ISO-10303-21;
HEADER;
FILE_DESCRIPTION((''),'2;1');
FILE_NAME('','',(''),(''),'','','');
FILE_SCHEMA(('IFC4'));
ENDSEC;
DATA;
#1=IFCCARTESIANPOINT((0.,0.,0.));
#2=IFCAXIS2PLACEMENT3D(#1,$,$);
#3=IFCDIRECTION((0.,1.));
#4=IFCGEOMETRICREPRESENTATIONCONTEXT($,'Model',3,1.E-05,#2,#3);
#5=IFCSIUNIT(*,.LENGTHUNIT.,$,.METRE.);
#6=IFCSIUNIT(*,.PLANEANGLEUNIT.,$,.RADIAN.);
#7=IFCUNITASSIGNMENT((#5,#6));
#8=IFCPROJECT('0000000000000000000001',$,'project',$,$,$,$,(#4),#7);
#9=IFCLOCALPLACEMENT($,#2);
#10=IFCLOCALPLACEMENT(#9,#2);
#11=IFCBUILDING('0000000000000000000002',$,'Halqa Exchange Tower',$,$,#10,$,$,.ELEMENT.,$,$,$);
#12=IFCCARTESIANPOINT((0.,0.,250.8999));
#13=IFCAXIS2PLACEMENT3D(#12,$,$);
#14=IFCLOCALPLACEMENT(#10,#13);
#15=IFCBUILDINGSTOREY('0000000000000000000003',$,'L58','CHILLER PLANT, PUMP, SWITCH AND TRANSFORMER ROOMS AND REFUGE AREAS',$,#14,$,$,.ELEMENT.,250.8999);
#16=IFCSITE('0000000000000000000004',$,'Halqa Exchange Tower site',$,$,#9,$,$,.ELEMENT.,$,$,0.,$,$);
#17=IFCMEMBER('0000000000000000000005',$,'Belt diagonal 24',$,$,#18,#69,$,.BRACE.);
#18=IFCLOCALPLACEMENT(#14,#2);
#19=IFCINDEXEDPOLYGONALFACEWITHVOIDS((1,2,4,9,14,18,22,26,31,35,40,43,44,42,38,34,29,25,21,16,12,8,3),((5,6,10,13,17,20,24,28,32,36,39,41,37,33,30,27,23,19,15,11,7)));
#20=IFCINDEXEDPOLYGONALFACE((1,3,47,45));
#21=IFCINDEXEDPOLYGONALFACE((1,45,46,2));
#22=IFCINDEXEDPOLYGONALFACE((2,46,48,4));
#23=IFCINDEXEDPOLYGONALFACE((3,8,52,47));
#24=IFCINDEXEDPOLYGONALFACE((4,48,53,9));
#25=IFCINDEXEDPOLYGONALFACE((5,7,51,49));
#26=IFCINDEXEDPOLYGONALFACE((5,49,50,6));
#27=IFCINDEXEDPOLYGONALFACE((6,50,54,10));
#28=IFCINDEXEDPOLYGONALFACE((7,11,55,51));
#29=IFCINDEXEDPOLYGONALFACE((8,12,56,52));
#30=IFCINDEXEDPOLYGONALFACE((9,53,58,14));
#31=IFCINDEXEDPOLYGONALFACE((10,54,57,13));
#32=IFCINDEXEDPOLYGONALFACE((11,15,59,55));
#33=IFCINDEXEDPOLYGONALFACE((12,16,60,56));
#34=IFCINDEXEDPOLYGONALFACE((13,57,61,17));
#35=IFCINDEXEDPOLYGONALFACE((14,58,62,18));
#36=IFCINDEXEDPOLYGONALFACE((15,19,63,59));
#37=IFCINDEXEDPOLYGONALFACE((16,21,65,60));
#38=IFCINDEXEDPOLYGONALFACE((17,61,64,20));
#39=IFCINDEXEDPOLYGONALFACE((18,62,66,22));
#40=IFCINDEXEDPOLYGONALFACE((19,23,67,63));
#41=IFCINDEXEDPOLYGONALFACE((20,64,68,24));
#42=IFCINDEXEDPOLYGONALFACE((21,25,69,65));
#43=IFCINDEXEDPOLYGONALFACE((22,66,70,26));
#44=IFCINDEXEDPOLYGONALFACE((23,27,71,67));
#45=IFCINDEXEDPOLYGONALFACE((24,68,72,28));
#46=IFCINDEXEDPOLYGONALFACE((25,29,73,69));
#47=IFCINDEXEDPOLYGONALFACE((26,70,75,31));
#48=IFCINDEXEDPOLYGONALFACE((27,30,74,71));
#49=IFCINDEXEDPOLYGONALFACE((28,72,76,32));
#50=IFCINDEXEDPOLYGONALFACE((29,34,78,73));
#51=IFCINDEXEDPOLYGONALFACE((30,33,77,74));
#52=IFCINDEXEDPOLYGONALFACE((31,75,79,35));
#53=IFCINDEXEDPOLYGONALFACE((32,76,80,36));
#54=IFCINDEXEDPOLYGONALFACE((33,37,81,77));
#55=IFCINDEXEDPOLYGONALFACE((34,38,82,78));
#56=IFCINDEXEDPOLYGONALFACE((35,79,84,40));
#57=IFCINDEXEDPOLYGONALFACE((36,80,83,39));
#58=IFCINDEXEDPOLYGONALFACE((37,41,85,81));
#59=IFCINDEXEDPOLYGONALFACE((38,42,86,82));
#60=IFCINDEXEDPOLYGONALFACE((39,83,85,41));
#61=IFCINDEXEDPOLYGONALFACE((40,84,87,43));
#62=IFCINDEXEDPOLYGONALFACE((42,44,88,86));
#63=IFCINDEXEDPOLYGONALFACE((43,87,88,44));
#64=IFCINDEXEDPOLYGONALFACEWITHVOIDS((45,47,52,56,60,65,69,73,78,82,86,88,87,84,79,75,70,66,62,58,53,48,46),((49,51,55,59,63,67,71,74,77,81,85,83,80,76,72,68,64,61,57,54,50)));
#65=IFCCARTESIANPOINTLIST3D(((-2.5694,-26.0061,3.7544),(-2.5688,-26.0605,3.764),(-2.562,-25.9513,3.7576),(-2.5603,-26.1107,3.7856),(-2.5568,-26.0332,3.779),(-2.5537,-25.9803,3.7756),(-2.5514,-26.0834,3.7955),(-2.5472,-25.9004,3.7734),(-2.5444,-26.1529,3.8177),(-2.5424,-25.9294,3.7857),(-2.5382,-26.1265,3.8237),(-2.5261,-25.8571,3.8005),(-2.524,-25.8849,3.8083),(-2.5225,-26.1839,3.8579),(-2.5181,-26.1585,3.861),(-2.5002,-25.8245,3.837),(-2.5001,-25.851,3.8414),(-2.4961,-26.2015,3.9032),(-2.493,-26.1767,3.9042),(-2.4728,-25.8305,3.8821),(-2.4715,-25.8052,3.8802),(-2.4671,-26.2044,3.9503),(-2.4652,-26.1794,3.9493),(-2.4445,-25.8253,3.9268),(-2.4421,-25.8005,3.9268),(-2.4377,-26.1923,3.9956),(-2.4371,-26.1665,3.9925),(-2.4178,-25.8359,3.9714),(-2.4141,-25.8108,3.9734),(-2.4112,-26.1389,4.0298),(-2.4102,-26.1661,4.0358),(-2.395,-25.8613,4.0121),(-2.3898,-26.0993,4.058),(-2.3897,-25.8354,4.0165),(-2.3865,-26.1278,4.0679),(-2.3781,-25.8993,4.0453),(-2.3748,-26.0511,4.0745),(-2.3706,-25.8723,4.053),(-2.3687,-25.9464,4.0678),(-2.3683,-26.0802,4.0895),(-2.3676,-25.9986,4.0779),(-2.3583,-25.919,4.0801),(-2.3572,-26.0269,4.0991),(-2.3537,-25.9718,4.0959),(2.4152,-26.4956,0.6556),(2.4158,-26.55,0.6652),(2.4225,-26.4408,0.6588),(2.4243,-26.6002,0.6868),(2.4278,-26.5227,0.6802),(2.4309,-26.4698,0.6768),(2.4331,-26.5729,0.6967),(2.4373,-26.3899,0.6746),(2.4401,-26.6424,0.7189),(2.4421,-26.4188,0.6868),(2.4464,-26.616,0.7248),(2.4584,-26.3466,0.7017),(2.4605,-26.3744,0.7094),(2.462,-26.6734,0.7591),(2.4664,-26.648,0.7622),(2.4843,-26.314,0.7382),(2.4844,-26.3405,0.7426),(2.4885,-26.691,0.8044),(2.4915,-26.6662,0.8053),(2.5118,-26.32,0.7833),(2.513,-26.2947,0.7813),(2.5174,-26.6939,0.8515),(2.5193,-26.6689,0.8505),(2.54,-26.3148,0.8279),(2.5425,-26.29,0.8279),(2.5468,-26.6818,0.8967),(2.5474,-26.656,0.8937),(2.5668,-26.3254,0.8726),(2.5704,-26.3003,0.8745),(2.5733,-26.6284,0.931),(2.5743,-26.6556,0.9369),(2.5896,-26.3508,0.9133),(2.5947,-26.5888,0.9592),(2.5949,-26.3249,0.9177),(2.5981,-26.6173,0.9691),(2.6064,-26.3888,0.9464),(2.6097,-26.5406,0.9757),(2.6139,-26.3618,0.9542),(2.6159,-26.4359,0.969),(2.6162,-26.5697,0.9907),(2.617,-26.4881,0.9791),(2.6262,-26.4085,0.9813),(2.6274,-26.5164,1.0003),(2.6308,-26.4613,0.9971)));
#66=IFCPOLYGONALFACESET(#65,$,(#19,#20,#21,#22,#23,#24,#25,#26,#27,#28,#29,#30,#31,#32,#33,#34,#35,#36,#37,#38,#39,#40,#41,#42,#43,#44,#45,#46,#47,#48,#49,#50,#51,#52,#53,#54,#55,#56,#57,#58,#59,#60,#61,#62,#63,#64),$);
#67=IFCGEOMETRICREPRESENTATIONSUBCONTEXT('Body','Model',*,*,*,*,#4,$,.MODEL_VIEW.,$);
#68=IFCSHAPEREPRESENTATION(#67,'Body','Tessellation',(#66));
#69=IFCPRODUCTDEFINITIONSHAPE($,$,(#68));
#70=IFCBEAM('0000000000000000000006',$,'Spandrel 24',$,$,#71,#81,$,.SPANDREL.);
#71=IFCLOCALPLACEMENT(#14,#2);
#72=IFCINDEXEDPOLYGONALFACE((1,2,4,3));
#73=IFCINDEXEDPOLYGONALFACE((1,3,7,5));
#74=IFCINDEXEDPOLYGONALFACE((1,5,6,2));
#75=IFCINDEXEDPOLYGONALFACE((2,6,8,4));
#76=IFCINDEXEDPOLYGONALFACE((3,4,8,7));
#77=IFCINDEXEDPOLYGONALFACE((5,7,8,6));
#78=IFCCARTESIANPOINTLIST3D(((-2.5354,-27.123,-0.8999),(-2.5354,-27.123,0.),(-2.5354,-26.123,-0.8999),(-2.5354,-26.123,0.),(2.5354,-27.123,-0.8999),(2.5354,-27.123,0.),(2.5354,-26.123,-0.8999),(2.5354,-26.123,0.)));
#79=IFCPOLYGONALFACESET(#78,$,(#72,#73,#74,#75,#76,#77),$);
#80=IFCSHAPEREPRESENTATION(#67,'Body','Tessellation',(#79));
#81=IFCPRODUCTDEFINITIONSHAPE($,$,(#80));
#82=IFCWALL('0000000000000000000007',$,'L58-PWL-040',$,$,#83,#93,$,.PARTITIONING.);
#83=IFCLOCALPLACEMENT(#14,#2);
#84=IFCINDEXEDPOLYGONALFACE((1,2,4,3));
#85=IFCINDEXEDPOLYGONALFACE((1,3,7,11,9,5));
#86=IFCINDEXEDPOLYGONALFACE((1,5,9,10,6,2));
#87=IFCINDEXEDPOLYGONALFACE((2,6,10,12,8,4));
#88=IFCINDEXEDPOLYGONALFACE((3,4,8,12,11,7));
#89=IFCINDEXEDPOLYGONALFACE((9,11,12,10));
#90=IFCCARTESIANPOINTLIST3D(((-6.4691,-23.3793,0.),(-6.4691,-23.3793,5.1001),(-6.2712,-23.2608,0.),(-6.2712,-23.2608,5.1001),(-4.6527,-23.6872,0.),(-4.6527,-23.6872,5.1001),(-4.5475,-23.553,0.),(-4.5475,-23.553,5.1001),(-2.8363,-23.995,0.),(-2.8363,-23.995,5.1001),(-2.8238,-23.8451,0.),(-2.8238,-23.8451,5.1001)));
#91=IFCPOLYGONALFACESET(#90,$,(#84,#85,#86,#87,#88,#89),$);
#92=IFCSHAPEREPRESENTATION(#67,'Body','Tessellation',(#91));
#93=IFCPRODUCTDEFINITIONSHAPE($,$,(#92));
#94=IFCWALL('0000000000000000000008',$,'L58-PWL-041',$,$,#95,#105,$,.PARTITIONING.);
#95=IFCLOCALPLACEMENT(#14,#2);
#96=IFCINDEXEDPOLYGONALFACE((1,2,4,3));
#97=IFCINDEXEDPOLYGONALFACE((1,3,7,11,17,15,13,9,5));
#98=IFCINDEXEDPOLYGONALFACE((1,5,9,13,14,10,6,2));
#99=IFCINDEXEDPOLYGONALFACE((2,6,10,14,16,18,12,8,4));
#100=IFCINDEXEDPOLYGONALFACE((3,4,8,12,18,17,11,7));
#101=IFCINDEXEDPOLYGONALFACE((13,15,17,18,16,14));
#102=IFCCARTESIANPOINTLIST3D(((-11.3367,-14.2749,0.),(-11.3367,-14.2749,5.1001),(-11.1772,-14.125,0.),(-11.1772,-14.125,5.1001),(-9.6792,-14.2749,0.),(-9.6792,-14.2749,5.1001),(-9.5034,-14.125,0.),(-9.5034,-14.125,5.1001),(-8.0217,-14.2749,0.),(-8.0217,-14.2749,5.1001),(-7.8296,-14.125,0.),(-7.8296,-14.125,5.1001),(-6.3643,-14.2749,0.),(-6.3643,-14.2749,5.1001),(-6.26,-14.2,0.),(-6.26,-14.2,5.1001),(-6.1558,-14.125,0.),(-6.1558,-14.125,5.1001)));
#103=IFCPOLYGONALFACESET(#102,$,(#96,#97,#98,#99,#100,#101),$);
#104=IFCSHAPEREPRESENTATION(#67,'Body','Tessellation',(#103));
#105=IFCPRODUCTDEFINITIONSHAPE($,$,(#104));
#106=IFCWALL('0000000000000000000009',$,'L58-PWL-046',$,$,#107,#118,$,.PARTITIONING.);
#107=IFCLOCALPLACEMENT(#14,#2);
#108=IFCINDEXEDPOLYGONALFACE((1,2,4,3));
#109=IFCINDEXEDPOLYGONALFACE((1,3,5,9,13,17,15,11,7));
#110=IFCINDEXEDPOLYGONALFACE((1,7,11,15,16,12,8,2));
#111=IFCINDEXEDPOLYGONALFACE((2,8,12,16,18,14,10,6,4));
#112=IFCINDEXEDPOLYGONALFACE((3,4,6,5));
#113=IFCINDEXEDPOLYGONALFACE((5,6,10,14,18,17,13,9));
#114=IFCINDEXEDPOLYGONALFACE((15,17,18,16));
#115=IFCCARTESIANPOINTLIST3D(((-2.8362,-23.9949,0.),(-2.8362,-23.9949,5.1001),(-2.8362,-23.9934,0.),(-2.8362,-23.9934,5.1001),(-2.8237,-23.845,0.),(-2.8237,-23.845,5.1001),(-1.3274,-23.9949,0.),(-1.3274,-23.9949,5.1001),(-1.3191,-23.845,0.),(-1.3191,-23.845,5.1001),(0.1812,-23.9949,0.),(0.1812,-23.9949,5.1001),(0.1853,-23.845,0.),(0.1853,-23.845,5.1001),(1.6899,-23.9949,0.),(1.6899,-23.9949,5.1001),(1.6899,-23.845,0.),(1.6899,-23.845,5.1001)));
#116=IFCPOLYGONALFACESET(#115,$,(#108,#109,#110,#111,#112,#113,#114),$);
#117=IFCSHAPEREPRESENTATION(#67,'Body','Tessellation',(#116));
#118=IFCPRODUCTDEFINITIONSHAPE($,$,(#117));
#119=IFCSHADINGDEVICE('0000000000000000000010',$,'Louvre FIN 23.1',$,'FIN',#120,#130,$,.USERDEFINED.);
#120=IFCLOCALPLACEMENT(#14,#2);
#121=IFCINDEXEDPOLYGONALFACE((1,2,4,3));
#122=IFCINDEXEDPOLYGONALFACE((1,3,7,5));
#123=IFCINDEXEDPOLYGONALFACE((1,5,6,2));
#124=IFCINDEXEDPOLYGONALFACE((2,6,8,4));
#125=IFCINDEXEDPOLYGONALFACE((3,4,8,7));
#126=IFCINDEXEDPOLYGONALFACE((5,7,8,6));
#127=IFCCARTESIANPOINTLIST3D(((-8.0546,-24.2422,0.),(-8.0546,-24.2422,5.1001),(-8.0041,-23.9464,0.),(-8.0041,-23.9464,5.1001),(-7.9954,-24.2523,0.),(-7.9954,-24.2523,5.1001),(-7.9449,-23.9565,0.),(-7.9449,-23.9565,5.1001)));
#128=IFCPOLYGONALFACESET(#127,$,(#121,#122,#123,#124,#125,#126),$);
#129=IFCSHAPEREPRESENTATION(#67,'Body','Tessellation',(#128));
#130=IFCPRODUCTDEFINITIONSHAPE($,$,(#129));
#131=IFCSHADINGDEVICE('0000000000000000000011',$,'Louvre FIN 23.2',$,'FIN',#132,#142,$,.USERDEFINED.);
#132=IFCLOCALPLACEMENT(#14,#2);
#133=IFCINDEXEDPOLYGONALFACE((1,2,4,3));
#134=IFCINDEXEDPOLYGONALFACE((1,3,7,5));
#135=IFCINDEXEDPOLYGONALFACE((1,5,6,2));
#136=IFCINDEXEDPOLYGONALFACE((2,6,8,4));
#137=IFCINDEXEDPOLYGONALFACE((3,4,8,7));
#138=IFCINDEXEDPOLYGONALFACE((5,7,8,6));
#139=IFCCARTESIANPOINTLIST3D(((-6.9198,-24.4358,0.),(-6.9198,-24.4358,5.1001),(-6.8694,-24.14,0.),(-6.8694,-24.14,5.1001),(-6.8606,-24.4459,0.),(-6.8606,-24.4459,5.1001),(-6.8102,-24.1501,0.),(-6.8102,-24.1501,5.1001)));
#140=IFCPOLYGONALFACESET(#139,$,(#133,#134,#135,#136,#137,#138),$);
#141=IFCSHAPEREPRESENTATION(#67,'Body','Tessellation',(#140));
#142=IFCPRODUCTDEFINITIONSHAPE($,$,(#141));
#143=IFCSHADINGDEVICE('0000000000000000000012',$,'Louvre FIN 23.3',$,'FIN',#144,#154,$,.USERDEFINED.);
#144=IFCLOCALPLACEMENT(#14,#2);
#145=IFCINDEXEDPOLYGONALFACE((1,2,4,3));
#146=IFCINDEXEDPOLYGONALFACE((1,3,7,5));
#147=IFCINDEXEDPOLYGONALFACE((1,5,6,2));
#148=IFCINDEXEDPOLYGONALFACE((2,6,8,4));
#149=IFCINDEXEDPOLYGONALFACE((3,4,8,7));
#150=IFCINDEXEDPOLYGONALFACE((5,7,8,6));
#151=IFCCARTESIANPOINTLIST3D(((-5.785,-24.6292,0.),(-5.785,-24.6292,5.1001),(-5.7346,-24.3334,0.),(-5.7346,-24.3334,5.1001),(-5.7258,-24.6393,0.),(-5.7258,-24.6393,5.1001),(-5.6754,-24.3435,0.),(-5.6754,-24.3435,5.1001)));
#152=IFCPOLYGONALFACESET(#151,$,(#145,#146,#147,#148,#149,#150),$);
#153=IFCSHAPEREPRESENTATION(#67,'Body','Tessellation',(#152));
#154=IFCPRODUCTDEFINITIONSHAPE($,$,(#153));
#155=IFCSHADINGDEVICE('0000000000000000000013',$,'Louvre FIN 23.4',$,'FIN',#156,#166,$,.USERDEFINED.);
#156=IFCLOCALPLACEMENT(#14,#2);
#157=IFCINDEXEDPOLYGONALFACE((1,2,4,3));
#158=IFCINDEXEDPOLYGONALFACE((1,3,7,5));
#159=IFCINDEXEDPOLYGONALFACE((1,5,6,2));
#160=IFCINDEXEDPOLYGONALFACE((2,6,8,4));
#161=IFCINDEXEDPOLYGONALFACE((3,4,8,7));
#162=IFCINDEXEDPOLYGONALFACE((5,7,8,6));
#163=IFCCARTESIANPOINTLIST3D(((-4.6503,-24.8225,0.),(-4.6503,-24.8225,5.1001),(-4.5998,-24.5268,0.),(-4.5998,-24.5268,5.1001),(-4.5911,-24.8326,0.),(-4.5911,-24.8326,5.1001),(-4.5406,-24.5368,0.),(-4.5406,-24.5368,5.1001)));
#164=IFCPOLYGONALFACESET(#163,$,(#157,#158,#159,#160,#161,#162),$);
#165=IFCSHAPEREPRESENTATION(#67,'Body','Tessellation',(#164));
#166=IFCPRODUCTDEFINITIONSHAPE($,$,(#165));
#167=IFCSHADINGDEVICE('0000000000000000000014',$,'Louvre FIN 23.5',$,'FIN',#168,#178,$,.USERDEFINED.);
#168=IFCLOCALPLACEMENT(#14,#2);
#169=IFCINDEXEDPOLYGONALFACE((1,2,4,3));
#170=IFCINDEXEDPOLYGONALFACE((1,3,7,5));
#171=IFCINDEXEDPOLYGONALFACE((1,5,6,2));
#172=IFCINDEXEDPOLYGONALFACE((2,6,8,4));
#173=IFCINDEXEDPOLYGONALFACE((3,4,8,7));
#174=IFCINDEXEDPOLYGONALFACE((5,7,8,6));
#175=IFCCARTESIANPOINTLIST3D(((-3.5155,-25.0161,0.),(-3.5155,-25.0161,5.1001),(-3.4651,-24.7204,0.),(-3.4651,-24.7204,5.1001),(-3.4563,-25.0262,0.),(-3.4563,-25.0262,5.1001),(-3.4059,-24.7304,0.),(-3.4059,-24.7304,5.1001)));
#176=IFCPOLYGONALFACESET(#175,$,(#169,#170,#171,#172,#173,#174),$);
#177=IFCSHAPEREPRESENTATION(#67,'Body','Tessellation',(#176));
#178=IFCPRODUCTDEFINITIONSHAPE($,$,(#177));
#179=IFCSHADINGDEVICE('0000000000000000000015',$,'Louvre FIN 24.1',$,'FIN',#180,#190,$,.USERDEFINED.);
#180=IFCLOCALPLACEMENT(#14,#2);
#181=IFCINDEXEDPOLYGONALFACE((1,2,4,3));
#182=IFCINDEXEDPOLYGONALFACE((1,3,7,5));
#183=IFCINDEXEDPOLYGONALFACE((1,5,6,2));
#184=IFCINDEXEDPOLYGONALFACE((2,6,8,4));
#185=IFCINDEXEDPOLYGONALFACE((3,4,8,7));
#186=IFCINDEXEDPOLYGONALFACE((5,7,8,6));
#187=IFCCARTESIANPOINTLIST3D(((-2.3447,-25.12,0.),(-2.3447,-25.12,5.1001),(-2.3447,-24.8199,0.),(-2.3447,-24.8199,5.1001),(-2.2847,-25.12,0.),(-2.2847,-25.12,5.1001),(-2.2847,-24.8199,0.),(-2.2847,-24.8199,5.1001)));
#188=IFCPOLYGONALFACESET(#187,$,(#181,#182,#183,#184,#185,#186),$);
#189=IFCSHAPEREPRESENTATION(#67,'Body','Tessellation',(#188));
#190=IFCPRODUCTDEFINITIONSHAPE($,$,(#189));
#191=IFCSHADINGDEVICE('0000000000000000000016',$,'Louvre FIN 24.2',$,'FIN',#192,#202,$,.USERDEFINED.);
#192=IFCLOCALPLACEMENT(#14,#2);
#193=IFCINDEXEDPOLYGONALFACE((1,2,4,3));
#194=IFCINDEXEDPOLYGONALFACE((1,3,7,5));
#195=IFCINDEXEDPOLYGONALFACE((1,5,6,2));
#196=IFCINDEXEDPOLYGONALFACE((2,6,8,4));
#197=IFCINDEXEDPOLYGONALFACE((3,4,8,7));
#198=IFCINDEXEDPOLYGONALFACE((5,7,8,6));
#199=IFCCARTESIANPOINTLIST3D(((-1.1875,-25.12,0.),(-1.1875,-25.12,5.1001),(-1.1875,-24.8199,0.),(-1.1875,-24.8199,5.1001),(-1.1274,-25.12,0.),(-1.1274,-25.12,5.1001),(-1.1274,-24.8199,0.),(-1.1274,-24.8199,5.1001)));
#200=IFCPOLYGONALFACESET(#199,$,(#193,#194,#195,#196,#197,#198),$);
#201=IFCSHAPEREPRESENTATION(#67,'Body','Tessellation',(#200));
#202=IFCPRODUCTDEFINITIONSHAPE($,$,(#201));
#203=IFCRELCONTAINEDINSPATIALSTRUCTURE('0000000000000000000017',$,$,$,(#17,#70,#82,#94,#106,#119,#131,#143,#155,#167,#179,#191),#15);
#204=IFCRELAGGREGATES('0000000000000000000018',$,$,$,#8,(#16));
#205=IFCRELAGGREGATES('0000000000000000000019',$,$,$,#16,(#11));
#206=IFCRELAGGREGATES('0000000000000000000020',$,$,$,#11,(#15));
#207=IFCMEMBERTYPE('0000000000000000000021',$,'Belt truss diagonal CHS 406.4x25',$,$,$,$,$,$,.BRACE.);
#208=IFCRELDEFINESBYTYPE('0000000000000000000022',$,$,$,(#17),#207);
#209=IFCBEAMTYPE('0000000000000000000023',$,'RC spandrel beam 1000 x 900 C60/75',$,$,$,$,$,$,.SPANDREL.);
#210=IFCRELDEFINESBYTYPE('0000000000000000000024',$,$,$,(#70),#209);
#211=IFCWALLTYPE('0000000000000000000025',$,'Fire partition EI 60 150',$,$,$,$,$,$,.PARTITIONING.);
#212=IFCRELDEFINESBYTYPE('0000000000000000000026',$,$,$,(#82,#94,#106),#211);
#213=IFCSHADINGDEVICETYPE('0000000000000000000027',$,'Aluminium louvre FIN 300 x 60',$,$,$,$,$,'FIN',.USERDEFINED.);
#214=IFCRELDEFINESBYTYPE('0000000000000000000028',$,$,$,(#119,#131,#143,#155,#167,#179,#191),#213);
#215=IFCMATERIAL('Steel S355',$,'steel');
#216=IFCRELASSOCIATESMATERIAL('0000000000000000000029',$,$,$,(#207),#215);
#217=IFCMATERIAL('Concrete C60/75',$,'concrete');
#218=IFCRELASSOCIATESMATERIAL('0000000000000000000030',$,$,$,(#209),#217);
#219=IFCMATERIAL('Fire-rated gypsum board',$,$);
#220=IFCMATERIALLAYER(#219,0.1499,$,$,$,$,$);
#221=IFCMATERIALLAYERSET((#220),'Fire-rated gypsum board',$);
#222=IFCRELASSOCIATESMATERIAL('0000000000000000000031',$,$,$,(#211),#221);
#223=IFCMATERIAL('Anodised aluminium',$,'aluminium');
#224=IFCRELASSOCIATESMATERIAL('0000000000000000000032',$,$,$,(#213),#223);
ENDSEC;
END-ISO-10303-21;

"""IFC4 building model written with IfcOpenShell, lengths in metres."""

from ifc_helpers import new_model, si_unit, direction, frame, origin, origin_2d, place, context, subcontext, project, spatial, polyline, rectangle, hollow_circle, outline, extrude, material, layer, layer_set, material_profile, profile_set, type_object, element, save


model = new_model("IFC4")

# Units and contexts
model_context = context("Model", 3, precision=1e-05, world=origin(), true_north=direction((0.0, 1.0)))
body_context = subcontext(model_context, "Body", "Model", "MODEL_VIEW")
ifc_project = project(units=[si_unit("LENGTHUNIT", "METRE"), si_unit("PLANEANGLEUNIT", "RADIAN")], contexts=[model_context])

# Site, building, storey
site_placement = place(None, origin())
site = spatial("IfcSite", under=ifc_project, at=site_placement, Name="Halqa Exchange Tower site", CompositionType="ELEMENT", RefElevation=0.0)
building_placement = place(site_placement, origin())
building = spatial("IfcBuilding", under=site, at=building_placement, Name="Halqa Exchange Tower", CompositionType="ELEMENT")
storey_placement = place(building_placement, frame((0.0, 0.0, 250.8999)))
storey = spatial("IfcBuildingStorey", under=building, at=storey_placement, Name="L58", Description="CHILLER PLANT, PUMP, SWITCH AND TRANSFORMER ROOMS AND REFUGE AREAS", CompositionType="ELEMENT", Elevation=250.8999)

# Shared definitions
ifc_material_1 = material(Name="Concrete C60/75", Category="concrete")

# Member
ifc_material_2 = material(Name="Steel S355", Category="steel")
ifc_material_profile_1 = material_profile(ifc_material_2, hollow_circle(Radius=0.2031, WallThickness=0.0249, at=origin_2d()), Name="CHS 406.4x25")
ifc_profile_set_1 = profile_set([ifc_material_profile_1], Name="Steel S355")
member_type_1 = type_object("IfcMemberType", Name="Belt truss diagonal CHS 406.4x25", PredefinedType="BRACE", material=ifc_profile_set_1)
member_1_placement = place(storey_placement, frame((-2.4619, -26.0027, 3.9268), z_axis=(0.846322, -0.083111, -0.526148), x_axis=(0.097732, 0.995213, 0.0)))
element("IfcMember", 1, at=member_1_placement, inside=storey, type_object=member_type_1, Name="Belt diagonal 24", PredefinedType="BRACE", context=body_context, shape_type="SweptSolid", body=[
    extrude(hollow_circle(Radius=0.2031, WallThickness=0.0249, at=origin_2d()), origin(), (0.0, 0.0, 1.0), 5.8896),
])

# Beam
ifc_material_profile_2 = material_profile(ifc_material_1, rectangle(XDim=1.0, YDim=0.8999, at=origin_2d()), Name="1000 x 900")
ifc_profile_set_2 = profile_set([ifc_material_profile_2], Name="Concrete C60/75")
beam_type = type_object("IfcBeamType", Name="RC spandrel beam 1000 x 900 C60/75", PredefinedType="SPANDREL", material=ifc_profile_set_2)
beam_placement = place(storey_placement, frame((-2.5354, -26.623, -0.45), z_axis=(1.0, 0.0, 0.0), x_axis=(0.0, 1.0, 0.0)))
element("IfcBeam", 2, at=beam_placement, inside=storey, type_object=beam_type, Name="Spandrel 24", PredefinedType="SPANDREL", context=body_context, shape_type="SweptSolid", body=[
    extrude(rectangle(XDim=1.0, YDim=0.8999, at=origin_2d()), origin(), (0.0, 0.0, 1.0), 5.0708),
])

# Walls
ifc_material_3 = material(Name="Fire-rated gypsum board")
ifc_layer_1 = layer(ifc_material_3, 0.1499)
ifc_layer_set_1 = layer_set([ifc_layer_1], Name="Fire-rated gypsum board")
wall_type = type_object("IfcWallType", Name="Fire partition EI 60 150", PredefinedType="PARTITIONING", material=ifc_layer_set_1)
wall_1_placement = place(storey_placement, frame((-6.4565, -23.3054, 0.0), z_axis=(0.0, 0.0, 1.0), x_axis=(0.985939, -0.167106, 0.0)))
element("IfcWall", 3, at=wall_1_placement, inside=storey, type_object=wall_type, Name="L58-PWL-040", PredefinedType="PARTITIONING", context=body_context, shape_type="SweptSolid", body=[
    extrude(outline(polyline([(0.0, -0.075), (1.8423, -0.075), (3.6846, -0.075), (3.6719, 0.075), (1.9236, 0.075), (0.1753, 0.075), (0.0, -0.075), (0.0, -0.075)])), origin(), (0.0, 0.0, 1.0), 5.1001),
])
wall_2_placement = place(storey_placement, frame((-6.1558, -14.2, 0.0), z_axis=(0.0, 0.0, 1.0), x_axis=(-1.0, 0.0, 0.0)))
element("IfcWall", 4, at=wall_2_placement, inside=storey, type_object=wall_type, Name="L58-PWL-041", PredefinedType="PARTITIONING", context=body_context, shape_type="SweptSolid", body=[
    extrude(outline(polyline([(0.0, -0.075), (1.6738, -0.075), (3.3477, -0.075), (5.0215, -0.075), (5.1809, 0.075), (3.5234, 0.075), (1.866, 0.075), (0.2085, 0.075), (0.1042, 0.0), (0.0, -0.075), (0.0, -0.075)])), origin(), (0.0, 0.0, 1.0), 5.1001),
])
wall_3_placement = place(storey_placement, frame((-2.8362, -23.9199, 0.0), z_axis=(0.0, 0.0, 1.0), x_axis=(1.0, 0.0, 0.0)))
element("IfcWall", 5, at=wall_3_placement, inside=storey, type_object=wall_type, Name="L58-PWL-046", PredefinedType="PARTITIONING", context=body_context, shape_type="SweptSolid", body=[
    extrude(outline(polyline([(4.5261, 0.075), (3.0215, 0.075), (1.5171, 0.075), (0.0125, 0.075), (0.0, -0.0735), (0.0, -0.075), (1.5088, -0.075), (3.0173, -0.075), (4.5261, -0.075), (4.5261, 0.075)])), origin(), (0.0, 0.0, 1.0), 5.1001),
])

# Shading devices
ifc_material_4 = material(Name="Anodised aluminium", Category="aluminium")
ifc_material_profile_3 = material_profile(ifc_material_4, rectangle(XDim=0.3, YDim=0.0601, at=origin_2d()), Name="AL FIN 300x60")
ifc_profile_set_3 = profile_set([ifc_material_profile_3], Name="Anodised aluminium")
shading_device_type = type_object("IfcShadingDeviceType", Name="Aluminium louvre FIN 300 x 60", ElementType="FIN", PredefinedType="USERDEFINED", material=ifc_profile_set_3)
for number, where, z_axis, x_axis, name in (
    (6, (-7.9998, -24.0994, 0.0), (0.0, 0.0, 1.0), (0.168066, 0.985776, 0.0), "Louvre FIN 23.1"),
    (7, (-6.865, -24.293, 0.0), (0.0, 0.0, 1.0), (0.168066, 0.985776, 0.0), "Louvre FIN 23.2"),
    (8, (-5.7302, -24.4863, 0.0), (0.0, 0.0, 1.0), (0.168066, 0.985776, 0.0), "Louvre FIN 23.3"),
    (9, (-4.5955, -24.6797, 0.0), (0.0, 0.0, 1.0), (0.168066, 0.985776, 0.0), "Louvre FIN 23.4"),
    (10, (-3.4607, -24.8733, 0.0), (0.0, 0.0, 1.0), (0.168066, 0.985776, 0.0), "Louvre FIN 23.5"),
    (11, (-2.3147, -24.97, 0.0), (0.0, 0.0, 1.0), (0.0, 1.0, 0.0), "Louvre FIN 24.1"),
    (12, (-1.1575, -24.97, 0.0), (0.0, 0.0, 1.0), (0.0, 1.0, 0.0), "Louvre FIN 24.2"),
):
    element("IfcShadingDevice", number, at=place(storey_placement, frame(where, z_axis=z_axis, x_axis=x_axis)), inside=storey, type_object=shading_device_type, Name=name, ObjectType="FIN", PredefinedType="USERDEFINED", context=body_context, shape_type="SweptSolid", body=[
        extrude(rectangle(XDim=0.3, YDim=0.0601, at=origin_2d()), origin(), (0.0, 0.0, 1.0), 5.1001),
    ])

save(model, "model.ifc")
